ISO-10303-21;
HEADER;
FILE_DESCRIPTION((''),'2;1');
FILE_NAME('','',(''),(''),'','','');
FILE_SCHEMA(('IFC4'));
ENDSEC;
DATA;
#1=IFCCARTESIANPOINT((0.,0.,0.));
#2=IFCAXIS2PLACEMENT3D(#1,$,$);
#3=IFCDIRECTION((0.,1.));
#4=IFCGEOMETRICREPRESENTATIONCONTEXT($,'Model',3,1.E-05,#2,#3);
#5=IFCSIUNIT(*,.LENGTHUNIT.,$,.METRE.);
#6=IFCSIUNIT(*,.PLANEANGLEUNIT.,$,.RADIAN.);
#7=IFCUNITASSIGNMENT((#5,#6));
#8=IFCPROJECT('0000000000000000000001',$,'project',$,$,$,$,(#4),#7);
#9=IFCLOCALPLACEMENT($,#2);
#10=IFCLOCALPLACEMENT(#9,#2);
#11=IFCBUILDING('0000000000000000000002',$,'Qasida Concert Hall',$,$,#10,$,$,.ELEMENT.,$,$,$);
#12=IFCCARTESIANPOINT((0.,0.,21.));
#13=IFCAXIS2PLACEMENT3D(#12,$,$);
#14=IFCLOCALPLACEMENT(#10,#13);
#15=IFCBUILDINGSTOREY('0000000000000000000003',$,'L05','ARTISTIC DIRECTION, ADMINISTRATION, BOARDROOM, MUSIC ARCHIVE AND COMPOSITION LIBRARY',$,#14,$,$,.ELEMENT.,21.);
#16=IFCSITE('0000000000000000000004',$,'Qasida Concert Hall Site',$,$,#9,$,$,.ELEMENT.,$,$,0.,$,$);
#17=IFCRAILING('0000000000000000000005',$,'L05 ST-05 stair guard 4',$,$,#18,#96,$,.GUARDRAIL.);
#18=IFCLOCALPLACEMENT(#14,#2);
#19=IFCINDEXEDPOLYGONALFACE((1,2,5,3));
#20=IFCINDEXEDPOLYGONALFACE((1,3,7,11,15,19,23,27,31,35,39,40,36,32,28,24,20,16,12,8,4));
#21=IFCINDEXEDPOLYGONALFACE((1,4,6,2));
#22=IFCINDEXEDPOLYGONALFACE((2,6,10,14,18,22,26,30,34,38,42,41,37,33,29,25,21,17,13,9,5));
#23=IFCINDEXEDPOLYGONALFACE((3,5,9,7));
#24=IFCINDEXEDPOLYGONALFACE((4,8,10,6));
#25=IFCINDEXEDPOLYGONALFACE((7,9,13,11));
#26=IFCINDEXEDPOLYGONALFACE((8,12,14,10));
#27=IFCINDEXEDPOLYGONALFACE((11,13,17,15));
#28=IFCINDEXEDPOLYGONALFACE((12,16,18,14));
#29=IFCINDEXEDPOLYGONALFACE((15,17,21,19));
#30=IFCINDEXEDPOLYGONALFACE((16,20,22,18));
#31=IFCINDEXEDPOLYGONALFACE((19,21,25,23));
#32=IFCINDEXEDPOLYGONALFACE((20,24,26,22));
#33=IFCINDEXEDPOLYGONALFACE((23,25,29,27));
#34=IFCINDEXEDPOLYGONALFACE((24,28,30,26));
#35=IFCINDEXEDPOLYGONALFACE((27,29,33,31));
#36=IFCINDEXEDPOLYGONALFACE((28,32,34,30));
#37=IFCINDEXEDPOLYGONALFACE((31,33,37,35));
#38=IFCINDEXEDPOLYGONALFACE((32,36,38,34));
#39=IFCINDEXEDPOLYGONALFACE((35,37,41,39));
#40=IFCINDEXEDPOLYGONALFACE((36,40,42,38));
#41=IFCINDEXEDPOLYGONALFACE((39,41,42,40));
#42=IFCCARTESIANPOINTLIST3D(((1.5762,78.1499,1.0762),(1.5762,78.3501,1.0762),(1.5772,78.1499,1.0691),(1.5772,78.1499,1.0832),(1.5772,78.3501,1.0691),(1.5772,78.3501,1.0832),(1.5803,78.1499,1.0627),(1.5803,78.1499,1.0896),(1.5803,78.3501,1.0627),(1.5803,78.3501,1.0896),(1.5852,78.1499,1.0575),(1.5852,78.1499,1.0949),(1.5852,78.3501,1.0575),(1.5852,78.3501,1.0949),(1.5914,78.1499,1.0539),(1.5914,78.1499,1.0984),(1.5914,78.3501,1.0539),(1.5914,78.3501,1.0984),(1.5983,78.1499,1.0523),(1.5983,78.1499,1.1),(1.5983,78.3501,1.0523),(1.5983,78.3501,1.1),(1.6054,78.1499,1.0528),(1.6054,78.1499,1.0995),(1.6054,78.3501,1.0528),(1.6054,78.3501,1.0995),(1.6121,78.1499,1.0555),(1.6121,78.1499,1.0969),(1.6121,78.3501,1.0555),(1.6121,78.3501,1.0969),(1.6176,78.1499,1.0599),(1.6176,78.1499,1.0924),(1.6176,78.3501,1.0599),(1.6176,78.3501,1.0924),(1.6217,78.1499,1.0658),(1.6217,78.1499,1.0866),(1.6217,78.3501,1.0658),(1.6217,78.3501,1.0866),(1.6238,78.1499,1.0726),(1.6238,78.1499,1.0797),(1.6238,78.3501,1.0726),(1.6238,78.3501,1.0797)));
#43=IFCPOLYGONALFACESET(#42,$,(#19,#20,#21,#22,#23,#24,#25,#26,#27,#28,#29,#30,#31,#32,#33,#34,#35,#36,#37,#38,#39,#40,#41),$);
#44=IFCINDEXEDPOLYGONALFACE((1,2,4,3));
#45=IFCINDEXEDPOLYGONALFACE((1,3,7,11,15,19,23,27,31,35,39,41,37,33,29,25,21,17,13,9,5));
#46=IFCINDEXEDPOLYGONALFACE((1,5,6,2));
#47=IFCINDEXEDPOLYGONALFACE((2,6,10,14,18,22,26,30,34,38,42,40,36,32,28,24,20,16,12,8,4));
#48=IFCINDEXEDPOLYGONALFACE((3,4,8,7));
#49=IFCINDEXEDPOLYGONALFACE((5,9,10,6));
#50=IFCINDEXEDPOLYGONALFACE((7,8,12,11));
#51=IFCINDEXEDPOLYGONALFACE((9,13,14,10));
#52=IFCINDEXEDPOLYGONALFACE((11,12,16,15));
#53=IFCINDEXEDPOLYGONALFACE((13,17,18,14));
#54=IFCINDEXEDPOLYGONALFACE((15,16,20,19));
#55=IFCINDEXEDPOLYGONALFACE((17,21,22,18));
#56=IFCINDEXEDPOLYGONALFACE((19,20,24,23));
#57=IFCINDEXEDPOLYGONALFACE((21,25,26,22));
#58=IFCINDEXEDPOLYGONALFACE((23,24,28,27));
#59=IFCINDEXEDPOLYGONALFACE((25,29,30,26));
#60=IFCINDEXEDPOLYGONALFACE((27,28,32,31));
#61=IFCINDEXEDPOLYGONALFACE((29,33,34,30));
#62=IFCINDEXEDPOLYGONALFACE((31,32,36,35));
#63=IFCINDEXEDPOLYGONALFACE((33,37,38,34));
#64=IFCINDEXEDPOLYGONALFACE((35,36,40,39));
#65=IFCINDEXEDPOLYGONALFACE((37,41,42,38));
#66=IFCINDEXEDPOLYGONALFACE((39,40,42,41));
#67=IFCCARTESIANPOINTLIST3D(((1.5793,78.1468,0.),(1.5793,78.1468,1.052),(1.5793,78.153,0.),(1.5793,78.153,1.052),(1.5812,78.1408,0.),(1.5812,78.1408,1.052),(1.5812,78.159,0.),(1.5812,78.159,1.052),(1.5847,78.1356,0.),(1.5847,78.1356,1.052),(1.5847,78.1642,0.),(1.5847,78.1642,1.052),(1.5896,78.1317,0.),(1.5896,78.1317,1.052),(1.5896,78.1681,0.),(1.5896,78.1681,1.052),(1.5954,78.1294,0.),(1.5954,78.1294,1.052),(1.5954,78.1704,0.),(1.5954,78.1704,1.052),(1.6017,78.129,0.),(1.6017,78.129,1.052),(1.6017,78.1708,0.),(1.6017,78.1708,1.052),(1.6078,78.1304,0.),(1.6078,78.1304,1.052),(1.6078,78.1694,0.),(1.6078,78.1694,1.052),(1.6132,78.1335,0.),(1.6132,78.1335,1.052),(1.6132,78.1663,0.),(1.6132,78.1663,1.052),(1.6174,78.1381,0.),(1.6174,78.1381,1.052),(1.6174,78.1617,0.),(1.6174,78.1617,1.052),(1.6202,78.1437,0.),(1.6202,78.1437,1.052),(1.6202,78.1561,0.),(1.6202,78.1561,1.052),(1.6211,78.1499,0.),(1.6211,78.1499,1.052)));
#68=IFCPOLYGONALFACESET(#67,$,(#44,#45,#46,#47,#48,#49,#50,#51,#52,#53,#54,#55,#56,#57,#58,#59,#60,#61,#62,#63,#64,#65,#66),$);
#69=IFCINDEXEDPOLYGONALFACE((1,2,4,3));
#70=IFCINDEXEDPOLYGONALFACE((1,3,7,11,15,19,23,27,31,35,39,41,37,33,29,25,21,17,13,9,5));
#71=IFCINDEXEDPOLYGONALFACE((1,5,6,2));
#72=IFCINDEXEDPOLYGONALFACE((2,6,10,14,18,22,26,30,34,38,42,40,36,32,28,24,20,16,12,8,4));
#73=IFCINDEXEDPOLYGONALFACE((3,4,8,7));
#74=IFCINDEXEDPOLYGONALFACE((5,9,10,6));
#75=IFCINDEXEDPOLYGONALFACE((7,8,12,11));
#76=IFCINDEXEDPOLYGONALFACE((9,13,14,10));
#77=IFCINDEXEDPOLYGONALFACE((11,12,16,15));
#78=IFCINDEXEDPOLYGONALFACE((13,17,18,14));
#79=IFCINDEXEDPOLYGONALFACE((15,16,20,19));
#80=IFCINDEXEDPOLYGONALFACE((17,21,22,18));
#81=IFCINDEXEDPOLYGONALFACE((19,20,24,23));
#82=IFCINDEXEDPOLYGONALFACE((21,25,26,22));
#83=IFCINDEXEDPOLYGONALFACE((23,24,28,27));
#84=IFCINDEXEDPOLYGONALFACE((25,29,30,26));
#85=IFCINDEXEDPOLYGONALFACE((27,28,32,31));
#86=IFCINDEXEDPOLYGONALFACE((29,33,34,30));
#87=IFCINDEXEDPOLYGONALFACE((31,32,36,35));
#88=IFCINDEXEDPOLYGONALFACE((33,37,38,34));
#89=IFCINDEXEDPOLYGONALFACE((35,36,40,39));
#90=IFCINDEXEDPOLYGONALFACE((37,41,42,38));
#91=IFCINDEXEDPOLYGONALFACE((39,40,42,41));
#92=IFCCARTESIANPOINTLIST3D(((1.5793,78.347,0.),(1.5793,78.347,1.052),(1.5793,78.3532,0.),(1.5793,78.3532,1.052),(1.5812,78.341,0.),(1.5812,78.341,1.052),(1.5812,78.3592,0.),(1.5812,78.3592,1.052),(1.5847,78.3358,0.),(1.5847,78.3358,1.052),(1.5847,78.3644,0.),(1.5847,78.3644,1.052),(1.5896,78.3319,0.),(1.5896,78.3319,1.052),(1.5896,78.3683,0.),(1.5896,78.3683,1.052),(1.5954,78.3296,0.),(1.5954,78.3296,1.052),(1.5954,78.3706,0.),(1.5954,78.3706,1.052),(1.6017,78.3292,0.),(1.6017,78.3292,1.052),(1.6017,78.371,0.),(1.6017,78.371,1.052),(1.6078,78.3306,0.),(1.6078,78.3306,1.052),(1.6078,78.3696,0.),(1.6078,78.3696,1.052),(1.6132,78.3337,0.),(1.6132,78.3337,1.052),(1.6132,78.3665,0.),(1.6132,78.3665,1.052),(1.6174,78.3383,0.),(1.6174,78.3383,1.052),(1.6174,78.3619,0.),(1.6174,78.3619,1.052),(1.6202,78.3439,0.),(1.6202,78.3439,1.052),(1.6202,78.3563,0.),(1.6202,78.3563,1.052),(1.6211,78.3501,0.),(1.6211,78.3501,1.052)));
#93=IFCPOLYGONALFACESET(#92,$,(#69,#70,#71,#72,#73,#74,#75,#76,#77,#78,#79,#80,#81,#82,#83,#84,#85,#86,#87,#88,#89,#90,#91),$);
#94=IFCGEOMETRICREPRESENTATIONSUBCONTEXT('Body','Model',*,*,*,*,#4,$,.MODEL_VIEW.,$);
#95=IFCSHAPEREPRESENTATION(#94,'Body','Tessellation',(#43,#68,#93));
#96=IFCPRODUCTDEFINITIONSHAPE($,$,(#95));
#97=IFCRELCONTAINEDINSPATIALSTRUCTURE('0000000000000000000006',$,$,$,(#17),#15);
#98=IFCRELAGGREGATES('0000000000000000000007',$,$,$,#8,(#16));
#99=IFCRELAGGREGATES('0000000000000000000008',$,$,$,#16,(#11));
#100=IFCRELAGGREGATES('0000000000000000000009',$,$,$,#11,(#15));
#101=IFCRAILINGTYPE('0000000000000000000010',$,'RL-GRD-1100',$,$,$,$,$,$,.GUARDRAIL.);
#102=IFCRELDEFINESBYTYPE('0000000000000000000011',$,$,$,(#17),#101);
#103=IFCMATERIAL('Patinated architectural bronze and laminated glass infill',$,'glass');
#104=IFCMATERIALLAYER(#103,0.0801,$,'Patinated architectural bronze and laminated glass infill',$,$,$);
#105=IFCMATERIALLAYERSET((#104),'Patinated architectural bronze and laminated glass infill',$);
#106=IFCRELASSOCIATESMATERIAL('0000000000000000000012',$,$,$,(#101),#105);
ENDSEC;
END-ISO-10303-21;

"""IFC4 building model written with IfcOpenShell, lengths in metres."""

from ifc_helpers import new_model, si_unit, direction, frame, origin, origin_2d, place, context, subcontext, project, spatial, circle, extrude, material, layer, layer_set, type_object, element, save


model = new_model("IFC4")

# Units and contexts
model_context = context("Model", 3, precision=1e-05, world=origin(), true_north=direction((0.0, 1.0)))
body_context = subcontext(model_context, "Body", "Model", "MODEL_VIEW")
ifc_project = project(units=[si_unit("LENGTHUNIT", "METRE"), si_unit("PLANEANGLEUNIT", "RADIAN")], contexts=[model_context])

# Site, building, storey
site_placement = place(None, origin())
site = spatial("IfcSite", under=ifc_project, at=site_placement, Name="Qasida Concert Hall Site", CompositionType="ELEMENT", RefElevation=0.0)
building_placement = place(site_placement, origin())
building = spatial("IfcBuilding", under=site, at=building_placement, Name="Qasida Concert Hall", CompositionType="ELEMENT")
storey_placement = place(building_placement, frame((0.0, 0.0, 21.0)))
storey = spatial("IfcBuildingStorey", under=building, at=storey_placement, Name="L05", Description="ARTISTIC DIRECTION, ADMINISTRATION, BOARDROOM, MUSIC ARCHIVE AND COMPOSITION LIBRARY", CompositionType="ELEMENT", Elevation=21.0)

# Railing
ifc_material_1 = material(Name="Patinated architectural bronze and laminated glass infill", Category="glass")
ifc_layer_1 = layer(ifc_material_1, 0.0801, Name="Patinated architectural bronze and laminated glass infill")
ifc_layer_set_1 = layer_set([ifc_layer_1], Name="Patinated architectural bronze and laminated glass infill")
railing_type_1 = type_object("IfcRailingType", Name="RL-GRD-1100", PredefinedType="GUARDRAIL", material=ifc_layer_set_1)
railing_1_placement = place(storey_placement, frame((1.6001, 78.1499, 0.0)))
element("IfcRailing", 1, at=railing_1_placement, inside=storey, type_object=railing_type_1, Name="L05 ST-05 stair guard 4", PredefinedType="GUARDRAIL", context=body_context, shape_type="SweptSolid", body=[
    extrude(circle(Radius=0.0239, at=origin_2d()), frame((0.0, 0.0, 1.0762), z_axis=(0.0, 1.0, 0.0), x_axis=(-1.0, 0.0, 0.0)), (0.0, 0.0, 1.0), 0.2002),
    extrude(circle(Radius=0.021, at=origin_2d()), origin(), (0.0, 0.0, 1.0), 1.052),
    extrude(circle(Radius=0.021, at=origin_2d()), frame((0.0, 0.2002, 0.0)), (0.0, 0.0, 1.0), 1.052),
])

save(model, "model.ifc")
